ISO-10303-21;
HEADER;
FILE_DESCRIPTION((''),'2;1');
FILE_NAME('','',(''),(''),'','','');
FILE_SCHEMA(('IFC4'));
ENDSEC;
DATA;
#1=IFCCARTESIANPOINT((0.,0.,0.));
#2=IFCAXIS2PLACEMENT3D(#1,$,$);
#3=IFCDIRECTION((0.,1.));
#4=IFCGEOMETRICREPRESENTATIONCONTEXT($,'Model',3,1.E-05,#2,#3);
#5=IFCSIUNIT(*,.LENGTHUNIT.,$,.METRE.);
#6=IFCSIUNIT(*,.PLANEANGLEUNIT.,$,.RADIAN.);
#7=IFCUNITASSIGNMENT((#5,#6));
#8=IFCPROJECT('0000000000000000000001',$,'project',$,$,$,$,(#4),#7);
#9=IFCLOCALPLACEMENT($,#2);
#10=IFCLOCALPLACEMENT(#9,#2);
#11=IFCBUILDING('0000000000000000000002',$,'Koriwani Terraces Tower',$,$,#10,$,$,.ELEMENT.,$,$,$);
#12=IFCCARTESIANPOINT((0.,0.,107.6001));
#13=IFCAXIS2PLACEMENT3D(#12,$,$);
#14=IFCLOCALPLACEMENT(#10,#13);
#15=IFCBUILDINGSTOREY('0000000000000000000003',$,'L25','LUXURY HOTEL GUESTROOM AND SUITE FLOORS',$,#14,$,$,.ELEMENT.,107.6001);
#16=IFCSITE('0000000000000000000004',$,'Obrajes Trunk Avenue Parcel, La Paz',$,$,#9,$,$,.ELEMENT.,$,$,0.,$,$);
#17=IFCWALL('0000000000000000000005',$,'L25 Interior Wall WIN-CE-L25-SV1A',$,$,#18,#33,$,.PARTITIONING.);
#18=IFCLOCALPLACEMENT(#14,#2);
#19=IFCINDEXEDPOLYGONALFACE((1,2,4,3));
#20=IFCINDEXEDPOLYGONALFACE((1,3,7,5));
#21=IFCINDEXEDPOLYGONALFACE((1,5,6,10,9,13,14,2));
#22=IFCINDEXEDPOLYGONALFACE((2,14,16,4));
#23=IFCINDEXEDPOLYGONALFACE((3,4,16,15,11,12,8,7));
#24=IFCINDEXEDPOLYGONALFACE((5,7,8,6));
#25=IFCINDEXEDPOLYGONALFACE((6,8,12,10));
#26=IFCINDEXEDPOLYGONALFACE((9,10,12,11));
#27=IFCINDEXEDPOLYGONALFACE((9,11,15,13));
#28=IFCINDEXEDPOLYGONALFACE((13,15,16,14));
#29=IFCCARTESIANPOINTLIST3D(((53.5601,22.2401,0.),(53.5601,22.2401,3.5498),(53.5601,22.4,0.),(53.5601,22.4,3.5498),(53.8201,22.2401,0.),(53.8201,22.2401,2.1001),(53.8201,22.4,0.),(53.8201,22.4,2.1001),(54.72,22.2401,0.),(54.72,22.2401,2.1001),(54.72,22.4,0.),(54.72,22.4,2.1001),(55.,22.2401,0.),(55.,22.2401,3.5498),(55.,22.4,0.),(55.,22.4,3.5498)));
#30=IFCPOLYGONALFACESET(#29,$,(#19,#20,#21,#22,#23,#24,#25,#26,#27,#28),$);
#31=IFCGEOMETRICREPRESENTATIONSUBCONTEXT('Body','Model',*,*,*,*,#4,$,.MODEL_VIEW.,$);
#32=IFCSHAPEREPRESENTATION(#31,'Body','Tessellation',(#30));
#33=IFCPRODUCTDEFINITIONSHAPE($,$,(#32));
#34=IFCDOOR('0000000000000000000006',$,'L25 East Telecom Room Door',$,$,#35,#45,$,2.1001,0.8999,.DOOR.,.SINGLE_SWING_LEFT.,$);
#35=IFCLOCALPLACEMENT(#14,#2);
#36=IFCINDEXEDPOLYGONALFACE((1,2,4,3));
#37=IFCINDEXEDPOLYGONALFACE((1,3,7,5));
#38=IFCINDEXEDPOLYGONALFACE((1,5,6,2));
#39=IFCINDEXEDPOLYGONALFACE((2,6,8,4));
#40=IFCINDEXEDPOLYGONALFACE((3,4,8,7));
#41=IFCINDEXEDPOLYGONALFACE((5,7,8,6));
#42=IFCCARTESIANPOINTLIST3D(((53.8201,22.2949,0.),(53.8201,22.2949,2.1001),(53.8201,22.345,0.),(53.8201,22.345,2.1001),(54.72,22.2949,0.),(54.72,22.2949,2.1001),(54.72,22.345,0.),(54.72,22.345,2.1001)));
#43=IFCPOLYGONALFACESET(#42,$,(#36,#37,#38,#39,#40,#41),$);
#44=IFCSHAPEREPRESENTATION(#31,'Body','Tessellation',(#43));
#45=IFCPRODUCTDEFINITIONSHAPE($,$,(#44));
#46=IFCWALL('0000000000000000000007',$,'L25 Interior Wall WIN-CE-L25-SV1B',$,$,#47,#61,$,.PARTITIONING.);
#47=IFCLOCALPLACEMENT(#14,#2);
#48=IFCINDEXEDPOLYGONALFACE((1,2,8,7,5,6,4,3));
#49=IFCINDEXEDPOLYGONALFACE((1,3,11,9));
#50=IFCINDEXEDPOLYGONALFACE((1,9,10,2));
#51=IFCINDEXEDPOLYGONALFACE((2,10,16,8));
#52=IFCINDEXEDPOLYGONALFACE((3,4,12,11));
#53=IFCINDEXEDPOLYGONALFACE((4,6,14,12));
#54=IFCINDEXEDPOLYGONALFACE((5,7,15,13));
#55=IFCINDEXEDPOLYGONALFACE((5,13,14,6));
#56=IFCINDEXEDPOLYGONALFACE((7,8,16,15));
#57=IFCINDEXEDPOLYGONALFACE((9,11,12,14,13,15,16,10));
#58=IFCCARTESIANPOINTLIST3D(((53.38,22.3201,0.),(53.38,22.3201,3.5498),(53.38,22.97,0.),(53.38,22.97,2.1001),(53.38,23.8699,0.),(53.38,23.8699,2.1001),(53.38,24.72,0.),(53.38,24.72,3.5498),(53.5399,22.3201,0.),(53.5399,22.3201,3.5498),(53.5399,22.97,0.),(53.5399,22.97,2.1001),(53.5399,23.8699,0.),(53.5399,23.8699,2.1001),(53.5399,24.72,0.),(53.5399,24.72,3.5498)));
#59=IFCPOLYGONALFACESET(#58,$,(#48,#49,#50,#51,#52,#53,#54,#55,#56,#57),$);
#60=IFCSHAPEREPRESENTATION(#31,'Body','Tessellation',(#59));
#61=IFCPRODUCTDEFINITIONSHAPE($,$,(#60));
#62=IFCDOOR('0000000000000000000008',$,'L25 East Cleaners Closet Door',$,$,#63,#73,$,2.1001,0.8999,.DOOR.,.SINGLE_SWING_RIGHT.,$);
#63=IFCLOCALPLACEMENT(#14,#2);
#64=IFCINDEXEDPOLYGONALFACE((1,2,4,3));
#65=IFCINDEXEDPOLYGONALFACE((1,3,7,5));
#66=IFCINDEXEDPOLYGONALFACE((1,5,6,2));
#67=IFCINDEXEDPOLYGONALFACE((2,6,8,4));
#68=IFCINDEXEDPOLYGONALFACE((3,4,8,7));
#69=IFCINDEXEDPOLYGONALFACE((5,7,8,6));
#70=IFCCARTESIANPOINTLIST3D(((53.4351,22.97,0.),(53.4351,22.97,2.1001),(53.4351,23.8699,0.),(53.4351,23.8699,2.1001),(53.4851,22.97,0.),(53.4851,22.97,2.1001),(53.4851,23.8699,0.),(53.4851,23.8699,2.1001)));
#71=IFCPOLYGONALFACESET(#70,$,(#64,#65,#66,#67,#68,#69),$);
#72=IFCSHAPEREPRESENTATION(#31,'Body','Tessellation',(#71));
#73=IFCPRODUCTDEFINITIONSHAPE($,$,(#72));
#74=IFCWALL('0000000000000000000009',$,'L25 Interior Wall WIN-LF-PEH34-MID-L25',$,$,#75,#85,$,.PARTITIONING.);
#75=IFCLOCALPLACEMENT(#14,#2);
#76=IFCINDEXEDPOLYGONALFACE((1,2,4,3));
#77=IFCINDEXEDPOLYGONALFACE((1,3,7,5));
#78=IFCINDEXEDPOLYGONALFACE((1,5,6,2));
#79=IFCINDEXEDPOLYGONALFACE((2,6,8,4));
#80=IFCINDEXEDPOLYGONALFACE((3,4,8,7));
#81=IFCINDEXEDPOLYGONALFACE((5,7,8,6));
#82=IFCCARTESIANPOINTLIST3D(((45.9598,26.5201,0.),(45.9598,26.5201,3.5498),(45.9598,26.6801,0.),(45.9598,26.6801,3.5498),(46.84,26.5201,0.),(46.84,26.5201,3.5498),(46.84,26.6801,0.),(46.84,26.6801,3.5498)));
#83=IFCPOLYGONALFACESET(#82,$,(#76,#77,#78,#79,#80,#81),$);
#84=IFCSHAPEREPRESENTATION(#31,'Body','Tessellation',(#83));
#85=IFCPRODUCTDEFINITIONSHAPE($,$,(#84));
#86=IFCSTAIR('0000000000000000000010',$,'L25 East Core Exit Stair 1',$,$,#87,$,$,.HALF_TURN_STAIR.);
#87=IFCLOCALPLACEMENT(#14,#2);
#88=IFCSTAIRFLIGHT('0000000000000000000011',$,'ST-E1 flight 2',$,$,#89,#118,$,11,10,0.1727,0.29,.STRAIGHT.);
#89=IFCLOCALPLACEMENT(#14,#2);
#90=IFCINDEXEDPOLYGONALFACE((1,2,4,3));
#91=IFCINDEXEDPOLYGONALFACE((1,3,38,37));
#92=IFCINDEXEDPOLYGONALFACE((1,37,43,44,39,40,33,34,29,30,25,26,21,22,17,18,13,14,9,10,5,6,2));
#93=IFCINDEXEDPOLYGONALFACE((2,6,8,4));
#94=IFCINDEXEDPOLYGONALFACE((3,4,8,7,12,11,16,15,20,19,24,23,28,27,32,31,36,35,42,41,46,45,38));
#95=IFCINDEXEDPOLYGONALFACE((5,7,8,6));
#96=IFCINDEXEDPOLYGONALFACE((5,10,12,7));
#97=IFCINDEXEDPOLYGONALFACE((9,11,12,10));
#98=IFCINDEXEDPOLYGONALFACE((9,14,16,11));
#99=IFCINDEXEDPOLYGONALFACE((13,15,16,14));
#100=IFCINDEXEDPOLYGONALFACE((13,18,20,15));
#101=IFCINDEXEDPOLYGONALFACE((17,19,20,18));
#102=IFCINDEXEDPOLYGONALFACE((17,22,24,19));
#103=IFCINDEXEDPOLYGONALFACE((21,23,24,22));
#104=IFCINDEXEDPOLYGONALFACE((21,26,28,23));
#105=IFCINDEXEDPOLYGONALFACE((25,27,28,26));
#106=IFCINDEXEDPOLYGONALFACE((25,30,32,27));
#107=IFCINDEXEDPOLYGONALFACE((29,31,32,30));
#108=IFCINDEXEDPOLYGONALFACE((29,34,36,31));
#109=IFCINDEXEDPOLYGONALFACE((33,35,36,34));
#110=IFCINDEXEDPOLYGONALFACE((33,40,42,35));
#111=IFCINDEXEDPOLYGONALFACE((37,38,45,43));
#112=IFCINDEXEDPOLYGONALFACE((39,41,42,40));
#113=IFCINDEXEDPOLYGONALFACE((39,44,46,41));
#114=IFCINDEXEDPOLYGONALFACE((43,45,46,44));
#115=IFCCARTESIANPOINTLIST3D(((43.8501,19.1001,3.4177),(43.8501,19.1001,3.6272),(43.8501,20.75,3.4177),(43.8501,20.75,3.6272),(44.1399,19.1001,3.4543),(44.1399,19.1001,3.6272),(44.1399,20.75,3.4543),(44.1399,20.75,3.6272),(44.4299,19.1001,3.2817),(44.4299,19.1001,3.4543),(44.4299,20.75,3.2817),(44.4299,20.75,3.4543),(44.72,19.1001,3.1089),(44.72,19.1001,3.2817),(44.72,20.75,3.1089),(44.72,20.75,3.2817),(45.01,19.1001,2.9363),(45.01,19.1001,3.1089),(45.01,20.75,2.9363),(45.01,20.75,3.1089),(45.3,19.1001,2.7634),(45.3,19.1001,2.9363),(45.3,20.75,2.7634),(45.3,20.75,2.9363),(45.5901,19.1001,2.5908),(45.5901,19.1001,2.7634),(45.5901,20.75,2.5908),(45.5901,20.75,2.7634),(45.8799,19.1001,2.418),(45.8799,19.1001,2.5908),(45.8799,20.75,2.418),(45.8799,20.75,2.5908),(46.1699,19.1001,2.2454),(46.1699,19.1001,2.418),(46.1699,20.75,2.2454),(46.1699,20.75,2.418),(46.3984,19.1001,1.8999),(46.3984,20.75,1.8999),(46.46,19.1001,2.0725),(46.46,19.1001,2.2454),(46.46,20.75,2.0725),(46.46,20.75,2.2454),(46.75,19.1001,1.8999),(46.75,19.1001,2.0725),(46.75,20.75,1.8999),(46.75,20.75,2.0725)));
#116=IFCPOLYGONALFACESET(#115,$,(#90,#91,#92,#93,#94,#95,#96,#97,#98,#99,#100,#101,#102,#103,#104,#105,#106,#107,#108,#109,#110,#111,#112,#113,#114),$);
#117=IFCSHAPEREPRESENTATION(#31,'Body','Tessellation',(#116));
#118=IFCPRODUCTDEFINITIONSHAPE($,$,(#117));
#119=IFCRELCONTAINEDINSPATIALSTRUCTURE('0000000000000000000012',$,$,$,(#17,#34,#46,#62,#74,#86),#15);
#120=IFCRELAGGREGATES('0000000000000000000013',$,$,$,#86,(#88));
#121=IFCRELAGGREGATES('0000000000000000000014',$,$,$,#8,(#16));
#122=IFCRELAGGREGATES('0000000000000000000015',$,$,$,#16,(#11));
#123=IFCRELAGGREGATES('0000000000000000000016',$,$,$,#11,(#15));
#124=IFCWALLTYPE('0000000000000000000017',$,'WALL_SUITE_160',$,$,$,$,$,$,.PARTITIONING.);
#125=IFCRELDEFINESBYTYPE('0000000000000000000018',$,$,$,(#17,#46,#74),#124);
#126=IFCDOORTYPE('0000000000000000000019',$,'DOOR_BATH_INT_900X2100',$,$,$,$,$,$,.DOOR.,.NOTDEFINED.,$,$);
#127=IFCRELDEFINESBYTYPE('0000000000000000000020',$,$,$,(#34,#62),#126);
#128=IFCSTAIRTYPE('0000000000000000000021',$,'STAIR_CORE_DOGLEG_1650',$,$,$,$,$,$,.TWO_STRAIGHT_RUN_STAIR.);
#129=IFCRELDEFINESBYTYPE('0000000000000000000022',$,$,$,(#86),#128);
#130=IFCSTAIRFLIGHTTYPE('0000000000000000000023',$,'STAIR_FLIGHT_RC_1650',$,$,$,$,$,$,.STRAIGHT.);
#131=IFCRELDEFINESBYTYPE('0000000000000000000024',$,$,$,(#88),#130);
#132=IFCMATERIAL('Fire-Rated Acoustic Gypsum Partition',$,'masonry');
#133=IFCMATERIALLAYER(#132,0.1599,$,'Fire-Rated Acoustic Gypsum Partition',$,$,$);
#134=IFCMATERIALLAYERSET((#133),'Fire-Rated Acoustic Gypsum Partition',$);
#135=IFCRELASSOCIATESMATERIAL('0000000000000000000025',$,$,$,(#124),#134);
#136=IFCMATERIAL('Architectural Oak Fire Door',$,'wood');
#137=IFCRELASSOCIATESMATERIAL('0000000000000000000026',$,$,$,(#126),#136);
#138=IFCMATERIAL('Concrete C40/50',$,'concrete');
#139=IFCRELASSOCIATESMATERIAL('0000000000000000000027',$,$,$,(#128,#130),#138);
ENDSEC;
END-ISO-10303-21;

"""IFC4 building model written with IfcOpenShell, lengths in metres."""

from ifc_helpers import new_model, si_unit, direction, frame, frame_2d, origin, place, context, subcontext, project, spatial, polyline, rectangle, outline, extrude, material, layer, layer_set, type_object, element, fill, aggregate, save


model = new_model("IFC4")

# Units and contexts
model_context = context("Model", 3, precision=1e-05, world=origin(), true_north=direction((0.0, 1.0)))
body_context = subcontext(model_context, "Body", "Model", "MODEL_VIEW")
ifc_project = project(units=[si_unit("LENGTHUNIT", "METRE"), si_unit("PLANEANGLEUNIT", "RADIAN")], contexts=[model_context])

# Site, building, storey
site_placement = place(None, origin())
site = spatial("IfcSite", under=ifc_project, at=site_placement, Name="Obrajes Trunk Avenue Parcel, La Paz", CompositionType="ELEMENT", RefElevation=0.0)
building_placement = place(site_placement, origin())
building = spatial("IfcBuilding", under=site, at=building_placement, Name="Koriwani Terraces Tower", CompositionType="ELEMENT")
storey_placement = place(building_placement, frame((0.0, 0.0, 107.6001)))
storey = spatial("IfcBuildingStorey", under=building, at=storey_placement, Name="L25", Description="LUXURY HOTEL GUESTROOM AND SUITE FLOORS", CompositionType="ELEMENT", Elevation=107.6001)

# Shared definitions
ifc_material_1 = material(Name="Concrete C40/50", Category="concrete")

# Walls, openings, doors
ifc_material_2 = material(Name="Fire-Rated Acoustic Gypsum Partition", Category="masonry")
ifc_layer_1 = layer(ifc_material_2, 0.1599, Name="Fire-Rated Acoustic Gypsum Partition")
ifc_layer_set_1 = layer_set([ifc_layer_1], Name="Fire-Rated Acoustic Gypsum Partition")
wall_type_1 = type_object("IfcWallType", Name="WALL_SUITE_160", PredefinedType="PARTITIONING", material=ifc_layer_set_1)
wall_1_placement = place(storey_placement, frame((53.5601, 22.3201, 0.0), z_axis=(0.0, 0.0, 1.0), x_axis=(1.0, 0.0, 0.0)))
wall_1 = element("IfcWall", 1, at=wall_1_placement, inside=storey, type_object=wall_type_1, Name="L25 Interior Wall WIN-CE-L25-SV1A", PredefinedType="PARTITIONING", context=body_context, shape_type="SweptSolid", body=[
    extrude(rectangle(XDim=1.4399, YDim=0.1599, at=frame_2d((0.72, 0.0))), origin(), (0.0, 0.0, 1.0), 3.5498),
])
opening_1_placement = place(wall_1_placement, frame((0.26, 0.0, 0.0)))
opening_1 = element("IfcOpeningElement", 2, at=opening_1_placement, cuts=wall_1, PredefinedType="OPENING", context=body_context, shape_type="SweptSolid", body=[
    extrude(rectangle(XDim=0.8999, YDim=2.1001, at=frame_2d((0.45, 1.05))), frame((0.0, 0.0898, 0.0), z_axis=(0.0, -1.0, 0.0), x_axis=(1.0, 0.0, 0.0)), (0.0, 0.0, 1.0), 0.1799),
])
ifc_material_3 = material(Name="Architectural Oak Fire Door", Category="wood")
door_type_1 = type_object("IfcDoorType", Name="DOOR_BATH_INT_900X2100", OperationType="NOTDEFINED", PredefinedType="DOOR", material=ifc_material_3)
door_1_placement = place(opening_1_placement, origin())
door_1 = element("IfcDoor", 3, at=door_1_placement, inside=storey, type_object=door_type_1, Name="L25 East Telecom Room Door", OperationType="SINGLE_SWING_LEFT", OverallHeight=2.1001, OverallWidth=0.8999, PredefinedType="DOOR", context=body_context, shape_type="SweptSolid", body=[
    extrude(rectangle(XDim=0.8999, YDim=2.1001, at=frame_2d((0.45, 1.05))), frame((0.0, 0.0249, 0.0), z_axis=(0.0, -1.0, 0.0), x_axis=(1.0, 0.0, 0.0)), (0.0, 0.0, 1.0), 0.05),
])
fill(opening_1, door_1)
wall_2_placement = place(storey_placement, frame((53.46, 22.3201, 0.0), z_axis=(0.0, 0.0, 1.0), x_axis=(0.0, 1.0, 0.0)))
wall_2 = element("IfcWall", 4, at=wall_2_placement, inside=storey, type_object=wall_type_1, Name="L25 Interior Wall WIN-CE-L25-SV1B", PredefinedType="PARTITIONING", context=body_context, shape_type="SweptSolid", body=[
    extrude(rectangle(XDim=2.3999, YDim=0.1599, at=frame_2d((1.2, 0.0))), origin(), (0.0, 0.0, 1.0), 3.5498),
])
opening_2_placement = place(wall_2_placement, frame((0.6499, 0.0, 0.0)))
opening_2 = element("IfcOpeningElement", 5, at=opening_2_placement, cuts=wall_2, PredefinedType="OPENING", context=body_context, shape_type="SweptSolid", body=[
    extrude(rectangle(XDim=0.8999, YDim=2.1001, at=frame_2d((0.45, 1.05))), frame((0.0, 0.0898, 0.0), z_axis=(0.0, -1.0, 0.0), x_axis=(1.0, 0.0, 0.0)), (0.0, 0.0, 1.0), 0.1799),
])
door_2_placement = place(opening_2_placement, origin())
door_2 = element("IfcDoor", 6, at=door_2_placement, inside=storey, type_object=door_type_1, Name="L25 East Cleaners Closet Door", OperationType="SINGLE_SWING_RIGHT", OverallHeight=2.1001, OverallWidth=0.8999, PredefinedType="DOOR", context=body_context, shape_type="SweptSolid", body=[
    extrude(rectangle(XDim=0.8999, YDim=2.1001, at=frame_2d((0.45, 1.05))), frame((0.0, 0.0249, 0.0), z_axis=(0.0, -1.0, 0.0), x_axis=(1.0, 0.0, 0.0)), (0.0, 0.0, 1.0), 0.05),
])
fill(opening_2, door_2)

# Wall
wall_3_placement = place(storey_placement, frame((45.96, 26.6001, 0.0), z_axis=(0.0, 0.0, 1.0), x_axis=(1.0, 0.0, 0.0)))
element("IfcWall", 7, at=wall_3_placement, inside=storey, type_object=wall_type_1, Name="L25 Interior Wall WIN-LF-PEH34-MID-L25", PredefinedType="PARTITIONING", context=body_context, shape_type="SweptSolid", body=[
    extrude(rectangle(XDim=0.8801, YDim=0.1599, at=frame_2d((0.4399, 0.0))), origin(), (0.0, 0.0, 1.0), 3.5498),
])

# Stair, stair flight
stair_type = type_object("IfcStairType", Name="STAIR_CORE_DOGLEG_1650", PredefinedType="TWO_STRAIGHT_RUN_STAIR", material=ifc_material_1)
stair_placement = place(storey_placement, origin())
stair = element("IfcStair", 8, at=stair_placement, inside=storey, type_object=stair_type, Name="L25 East Core Exit Stair 1", PredefinedType="HALF_TURN_STAIR")
stair_flight_type = type_object("IfcStairFlightType", Name="STAIR_FLIGHT_RC_1650", PredefinedType="STRAIGHT", material=ifc_material_1)
stair_flight_placement = place(storey_placement, frame((46.75, 19.925, 1.8999), z_axis=(0.0, 0.0, 1.0), x_axis=(-1.0, 0.0, 0.0)))
stair_flight = element("IfcStairFlight", 9, at=stair_flight_placement, type_object=stair_flight_type, Name="ST-E1 flight 2", NumberOfRisers=11, NumberOfTreads=10, PredefinedType="STRAIGHT", RiserHeight=0.1727, TreadLength=0.29, context=body_context, shape_type="SweptSolid", body=[
    extrude(outline(polyline([(0.0, 0.0), (0.0, 0.1726), (0.29, 0.1726), (0.29, 0.3455), (0.5801, 0.3455), (0.5801, 0.5181), (0.8701, 0.5181), (0.8701, 0.6909), (1.1599, 0.6909), (1.1599, 0.8635), (1.45, 0.8635), (1.45, 1.0364), (1.74, 1.0364), (1.74, 1.209), (2.03, 1.209), (2.03, 1.3818), (2.3201, 1.3818), (2.3201, 1.5544), (2.6101, 1.5544), (2.6101, 1.7273), (2.8999, 1.7273), (2.8999, 1.8999), (2.8999, 1.5178), (0.3516, 0.0), (0.0, 0.0)])), frame((0.0, 0.825, 0.0), z_axis=(0.0, -1.0, 0.0), x_axis=(1.0, 0.0, 0.0)), (0.0, 0.0, 1.0), 1.6499),
])
aggregate(stair, [stair_flight])

save(model, "model.ifc")
